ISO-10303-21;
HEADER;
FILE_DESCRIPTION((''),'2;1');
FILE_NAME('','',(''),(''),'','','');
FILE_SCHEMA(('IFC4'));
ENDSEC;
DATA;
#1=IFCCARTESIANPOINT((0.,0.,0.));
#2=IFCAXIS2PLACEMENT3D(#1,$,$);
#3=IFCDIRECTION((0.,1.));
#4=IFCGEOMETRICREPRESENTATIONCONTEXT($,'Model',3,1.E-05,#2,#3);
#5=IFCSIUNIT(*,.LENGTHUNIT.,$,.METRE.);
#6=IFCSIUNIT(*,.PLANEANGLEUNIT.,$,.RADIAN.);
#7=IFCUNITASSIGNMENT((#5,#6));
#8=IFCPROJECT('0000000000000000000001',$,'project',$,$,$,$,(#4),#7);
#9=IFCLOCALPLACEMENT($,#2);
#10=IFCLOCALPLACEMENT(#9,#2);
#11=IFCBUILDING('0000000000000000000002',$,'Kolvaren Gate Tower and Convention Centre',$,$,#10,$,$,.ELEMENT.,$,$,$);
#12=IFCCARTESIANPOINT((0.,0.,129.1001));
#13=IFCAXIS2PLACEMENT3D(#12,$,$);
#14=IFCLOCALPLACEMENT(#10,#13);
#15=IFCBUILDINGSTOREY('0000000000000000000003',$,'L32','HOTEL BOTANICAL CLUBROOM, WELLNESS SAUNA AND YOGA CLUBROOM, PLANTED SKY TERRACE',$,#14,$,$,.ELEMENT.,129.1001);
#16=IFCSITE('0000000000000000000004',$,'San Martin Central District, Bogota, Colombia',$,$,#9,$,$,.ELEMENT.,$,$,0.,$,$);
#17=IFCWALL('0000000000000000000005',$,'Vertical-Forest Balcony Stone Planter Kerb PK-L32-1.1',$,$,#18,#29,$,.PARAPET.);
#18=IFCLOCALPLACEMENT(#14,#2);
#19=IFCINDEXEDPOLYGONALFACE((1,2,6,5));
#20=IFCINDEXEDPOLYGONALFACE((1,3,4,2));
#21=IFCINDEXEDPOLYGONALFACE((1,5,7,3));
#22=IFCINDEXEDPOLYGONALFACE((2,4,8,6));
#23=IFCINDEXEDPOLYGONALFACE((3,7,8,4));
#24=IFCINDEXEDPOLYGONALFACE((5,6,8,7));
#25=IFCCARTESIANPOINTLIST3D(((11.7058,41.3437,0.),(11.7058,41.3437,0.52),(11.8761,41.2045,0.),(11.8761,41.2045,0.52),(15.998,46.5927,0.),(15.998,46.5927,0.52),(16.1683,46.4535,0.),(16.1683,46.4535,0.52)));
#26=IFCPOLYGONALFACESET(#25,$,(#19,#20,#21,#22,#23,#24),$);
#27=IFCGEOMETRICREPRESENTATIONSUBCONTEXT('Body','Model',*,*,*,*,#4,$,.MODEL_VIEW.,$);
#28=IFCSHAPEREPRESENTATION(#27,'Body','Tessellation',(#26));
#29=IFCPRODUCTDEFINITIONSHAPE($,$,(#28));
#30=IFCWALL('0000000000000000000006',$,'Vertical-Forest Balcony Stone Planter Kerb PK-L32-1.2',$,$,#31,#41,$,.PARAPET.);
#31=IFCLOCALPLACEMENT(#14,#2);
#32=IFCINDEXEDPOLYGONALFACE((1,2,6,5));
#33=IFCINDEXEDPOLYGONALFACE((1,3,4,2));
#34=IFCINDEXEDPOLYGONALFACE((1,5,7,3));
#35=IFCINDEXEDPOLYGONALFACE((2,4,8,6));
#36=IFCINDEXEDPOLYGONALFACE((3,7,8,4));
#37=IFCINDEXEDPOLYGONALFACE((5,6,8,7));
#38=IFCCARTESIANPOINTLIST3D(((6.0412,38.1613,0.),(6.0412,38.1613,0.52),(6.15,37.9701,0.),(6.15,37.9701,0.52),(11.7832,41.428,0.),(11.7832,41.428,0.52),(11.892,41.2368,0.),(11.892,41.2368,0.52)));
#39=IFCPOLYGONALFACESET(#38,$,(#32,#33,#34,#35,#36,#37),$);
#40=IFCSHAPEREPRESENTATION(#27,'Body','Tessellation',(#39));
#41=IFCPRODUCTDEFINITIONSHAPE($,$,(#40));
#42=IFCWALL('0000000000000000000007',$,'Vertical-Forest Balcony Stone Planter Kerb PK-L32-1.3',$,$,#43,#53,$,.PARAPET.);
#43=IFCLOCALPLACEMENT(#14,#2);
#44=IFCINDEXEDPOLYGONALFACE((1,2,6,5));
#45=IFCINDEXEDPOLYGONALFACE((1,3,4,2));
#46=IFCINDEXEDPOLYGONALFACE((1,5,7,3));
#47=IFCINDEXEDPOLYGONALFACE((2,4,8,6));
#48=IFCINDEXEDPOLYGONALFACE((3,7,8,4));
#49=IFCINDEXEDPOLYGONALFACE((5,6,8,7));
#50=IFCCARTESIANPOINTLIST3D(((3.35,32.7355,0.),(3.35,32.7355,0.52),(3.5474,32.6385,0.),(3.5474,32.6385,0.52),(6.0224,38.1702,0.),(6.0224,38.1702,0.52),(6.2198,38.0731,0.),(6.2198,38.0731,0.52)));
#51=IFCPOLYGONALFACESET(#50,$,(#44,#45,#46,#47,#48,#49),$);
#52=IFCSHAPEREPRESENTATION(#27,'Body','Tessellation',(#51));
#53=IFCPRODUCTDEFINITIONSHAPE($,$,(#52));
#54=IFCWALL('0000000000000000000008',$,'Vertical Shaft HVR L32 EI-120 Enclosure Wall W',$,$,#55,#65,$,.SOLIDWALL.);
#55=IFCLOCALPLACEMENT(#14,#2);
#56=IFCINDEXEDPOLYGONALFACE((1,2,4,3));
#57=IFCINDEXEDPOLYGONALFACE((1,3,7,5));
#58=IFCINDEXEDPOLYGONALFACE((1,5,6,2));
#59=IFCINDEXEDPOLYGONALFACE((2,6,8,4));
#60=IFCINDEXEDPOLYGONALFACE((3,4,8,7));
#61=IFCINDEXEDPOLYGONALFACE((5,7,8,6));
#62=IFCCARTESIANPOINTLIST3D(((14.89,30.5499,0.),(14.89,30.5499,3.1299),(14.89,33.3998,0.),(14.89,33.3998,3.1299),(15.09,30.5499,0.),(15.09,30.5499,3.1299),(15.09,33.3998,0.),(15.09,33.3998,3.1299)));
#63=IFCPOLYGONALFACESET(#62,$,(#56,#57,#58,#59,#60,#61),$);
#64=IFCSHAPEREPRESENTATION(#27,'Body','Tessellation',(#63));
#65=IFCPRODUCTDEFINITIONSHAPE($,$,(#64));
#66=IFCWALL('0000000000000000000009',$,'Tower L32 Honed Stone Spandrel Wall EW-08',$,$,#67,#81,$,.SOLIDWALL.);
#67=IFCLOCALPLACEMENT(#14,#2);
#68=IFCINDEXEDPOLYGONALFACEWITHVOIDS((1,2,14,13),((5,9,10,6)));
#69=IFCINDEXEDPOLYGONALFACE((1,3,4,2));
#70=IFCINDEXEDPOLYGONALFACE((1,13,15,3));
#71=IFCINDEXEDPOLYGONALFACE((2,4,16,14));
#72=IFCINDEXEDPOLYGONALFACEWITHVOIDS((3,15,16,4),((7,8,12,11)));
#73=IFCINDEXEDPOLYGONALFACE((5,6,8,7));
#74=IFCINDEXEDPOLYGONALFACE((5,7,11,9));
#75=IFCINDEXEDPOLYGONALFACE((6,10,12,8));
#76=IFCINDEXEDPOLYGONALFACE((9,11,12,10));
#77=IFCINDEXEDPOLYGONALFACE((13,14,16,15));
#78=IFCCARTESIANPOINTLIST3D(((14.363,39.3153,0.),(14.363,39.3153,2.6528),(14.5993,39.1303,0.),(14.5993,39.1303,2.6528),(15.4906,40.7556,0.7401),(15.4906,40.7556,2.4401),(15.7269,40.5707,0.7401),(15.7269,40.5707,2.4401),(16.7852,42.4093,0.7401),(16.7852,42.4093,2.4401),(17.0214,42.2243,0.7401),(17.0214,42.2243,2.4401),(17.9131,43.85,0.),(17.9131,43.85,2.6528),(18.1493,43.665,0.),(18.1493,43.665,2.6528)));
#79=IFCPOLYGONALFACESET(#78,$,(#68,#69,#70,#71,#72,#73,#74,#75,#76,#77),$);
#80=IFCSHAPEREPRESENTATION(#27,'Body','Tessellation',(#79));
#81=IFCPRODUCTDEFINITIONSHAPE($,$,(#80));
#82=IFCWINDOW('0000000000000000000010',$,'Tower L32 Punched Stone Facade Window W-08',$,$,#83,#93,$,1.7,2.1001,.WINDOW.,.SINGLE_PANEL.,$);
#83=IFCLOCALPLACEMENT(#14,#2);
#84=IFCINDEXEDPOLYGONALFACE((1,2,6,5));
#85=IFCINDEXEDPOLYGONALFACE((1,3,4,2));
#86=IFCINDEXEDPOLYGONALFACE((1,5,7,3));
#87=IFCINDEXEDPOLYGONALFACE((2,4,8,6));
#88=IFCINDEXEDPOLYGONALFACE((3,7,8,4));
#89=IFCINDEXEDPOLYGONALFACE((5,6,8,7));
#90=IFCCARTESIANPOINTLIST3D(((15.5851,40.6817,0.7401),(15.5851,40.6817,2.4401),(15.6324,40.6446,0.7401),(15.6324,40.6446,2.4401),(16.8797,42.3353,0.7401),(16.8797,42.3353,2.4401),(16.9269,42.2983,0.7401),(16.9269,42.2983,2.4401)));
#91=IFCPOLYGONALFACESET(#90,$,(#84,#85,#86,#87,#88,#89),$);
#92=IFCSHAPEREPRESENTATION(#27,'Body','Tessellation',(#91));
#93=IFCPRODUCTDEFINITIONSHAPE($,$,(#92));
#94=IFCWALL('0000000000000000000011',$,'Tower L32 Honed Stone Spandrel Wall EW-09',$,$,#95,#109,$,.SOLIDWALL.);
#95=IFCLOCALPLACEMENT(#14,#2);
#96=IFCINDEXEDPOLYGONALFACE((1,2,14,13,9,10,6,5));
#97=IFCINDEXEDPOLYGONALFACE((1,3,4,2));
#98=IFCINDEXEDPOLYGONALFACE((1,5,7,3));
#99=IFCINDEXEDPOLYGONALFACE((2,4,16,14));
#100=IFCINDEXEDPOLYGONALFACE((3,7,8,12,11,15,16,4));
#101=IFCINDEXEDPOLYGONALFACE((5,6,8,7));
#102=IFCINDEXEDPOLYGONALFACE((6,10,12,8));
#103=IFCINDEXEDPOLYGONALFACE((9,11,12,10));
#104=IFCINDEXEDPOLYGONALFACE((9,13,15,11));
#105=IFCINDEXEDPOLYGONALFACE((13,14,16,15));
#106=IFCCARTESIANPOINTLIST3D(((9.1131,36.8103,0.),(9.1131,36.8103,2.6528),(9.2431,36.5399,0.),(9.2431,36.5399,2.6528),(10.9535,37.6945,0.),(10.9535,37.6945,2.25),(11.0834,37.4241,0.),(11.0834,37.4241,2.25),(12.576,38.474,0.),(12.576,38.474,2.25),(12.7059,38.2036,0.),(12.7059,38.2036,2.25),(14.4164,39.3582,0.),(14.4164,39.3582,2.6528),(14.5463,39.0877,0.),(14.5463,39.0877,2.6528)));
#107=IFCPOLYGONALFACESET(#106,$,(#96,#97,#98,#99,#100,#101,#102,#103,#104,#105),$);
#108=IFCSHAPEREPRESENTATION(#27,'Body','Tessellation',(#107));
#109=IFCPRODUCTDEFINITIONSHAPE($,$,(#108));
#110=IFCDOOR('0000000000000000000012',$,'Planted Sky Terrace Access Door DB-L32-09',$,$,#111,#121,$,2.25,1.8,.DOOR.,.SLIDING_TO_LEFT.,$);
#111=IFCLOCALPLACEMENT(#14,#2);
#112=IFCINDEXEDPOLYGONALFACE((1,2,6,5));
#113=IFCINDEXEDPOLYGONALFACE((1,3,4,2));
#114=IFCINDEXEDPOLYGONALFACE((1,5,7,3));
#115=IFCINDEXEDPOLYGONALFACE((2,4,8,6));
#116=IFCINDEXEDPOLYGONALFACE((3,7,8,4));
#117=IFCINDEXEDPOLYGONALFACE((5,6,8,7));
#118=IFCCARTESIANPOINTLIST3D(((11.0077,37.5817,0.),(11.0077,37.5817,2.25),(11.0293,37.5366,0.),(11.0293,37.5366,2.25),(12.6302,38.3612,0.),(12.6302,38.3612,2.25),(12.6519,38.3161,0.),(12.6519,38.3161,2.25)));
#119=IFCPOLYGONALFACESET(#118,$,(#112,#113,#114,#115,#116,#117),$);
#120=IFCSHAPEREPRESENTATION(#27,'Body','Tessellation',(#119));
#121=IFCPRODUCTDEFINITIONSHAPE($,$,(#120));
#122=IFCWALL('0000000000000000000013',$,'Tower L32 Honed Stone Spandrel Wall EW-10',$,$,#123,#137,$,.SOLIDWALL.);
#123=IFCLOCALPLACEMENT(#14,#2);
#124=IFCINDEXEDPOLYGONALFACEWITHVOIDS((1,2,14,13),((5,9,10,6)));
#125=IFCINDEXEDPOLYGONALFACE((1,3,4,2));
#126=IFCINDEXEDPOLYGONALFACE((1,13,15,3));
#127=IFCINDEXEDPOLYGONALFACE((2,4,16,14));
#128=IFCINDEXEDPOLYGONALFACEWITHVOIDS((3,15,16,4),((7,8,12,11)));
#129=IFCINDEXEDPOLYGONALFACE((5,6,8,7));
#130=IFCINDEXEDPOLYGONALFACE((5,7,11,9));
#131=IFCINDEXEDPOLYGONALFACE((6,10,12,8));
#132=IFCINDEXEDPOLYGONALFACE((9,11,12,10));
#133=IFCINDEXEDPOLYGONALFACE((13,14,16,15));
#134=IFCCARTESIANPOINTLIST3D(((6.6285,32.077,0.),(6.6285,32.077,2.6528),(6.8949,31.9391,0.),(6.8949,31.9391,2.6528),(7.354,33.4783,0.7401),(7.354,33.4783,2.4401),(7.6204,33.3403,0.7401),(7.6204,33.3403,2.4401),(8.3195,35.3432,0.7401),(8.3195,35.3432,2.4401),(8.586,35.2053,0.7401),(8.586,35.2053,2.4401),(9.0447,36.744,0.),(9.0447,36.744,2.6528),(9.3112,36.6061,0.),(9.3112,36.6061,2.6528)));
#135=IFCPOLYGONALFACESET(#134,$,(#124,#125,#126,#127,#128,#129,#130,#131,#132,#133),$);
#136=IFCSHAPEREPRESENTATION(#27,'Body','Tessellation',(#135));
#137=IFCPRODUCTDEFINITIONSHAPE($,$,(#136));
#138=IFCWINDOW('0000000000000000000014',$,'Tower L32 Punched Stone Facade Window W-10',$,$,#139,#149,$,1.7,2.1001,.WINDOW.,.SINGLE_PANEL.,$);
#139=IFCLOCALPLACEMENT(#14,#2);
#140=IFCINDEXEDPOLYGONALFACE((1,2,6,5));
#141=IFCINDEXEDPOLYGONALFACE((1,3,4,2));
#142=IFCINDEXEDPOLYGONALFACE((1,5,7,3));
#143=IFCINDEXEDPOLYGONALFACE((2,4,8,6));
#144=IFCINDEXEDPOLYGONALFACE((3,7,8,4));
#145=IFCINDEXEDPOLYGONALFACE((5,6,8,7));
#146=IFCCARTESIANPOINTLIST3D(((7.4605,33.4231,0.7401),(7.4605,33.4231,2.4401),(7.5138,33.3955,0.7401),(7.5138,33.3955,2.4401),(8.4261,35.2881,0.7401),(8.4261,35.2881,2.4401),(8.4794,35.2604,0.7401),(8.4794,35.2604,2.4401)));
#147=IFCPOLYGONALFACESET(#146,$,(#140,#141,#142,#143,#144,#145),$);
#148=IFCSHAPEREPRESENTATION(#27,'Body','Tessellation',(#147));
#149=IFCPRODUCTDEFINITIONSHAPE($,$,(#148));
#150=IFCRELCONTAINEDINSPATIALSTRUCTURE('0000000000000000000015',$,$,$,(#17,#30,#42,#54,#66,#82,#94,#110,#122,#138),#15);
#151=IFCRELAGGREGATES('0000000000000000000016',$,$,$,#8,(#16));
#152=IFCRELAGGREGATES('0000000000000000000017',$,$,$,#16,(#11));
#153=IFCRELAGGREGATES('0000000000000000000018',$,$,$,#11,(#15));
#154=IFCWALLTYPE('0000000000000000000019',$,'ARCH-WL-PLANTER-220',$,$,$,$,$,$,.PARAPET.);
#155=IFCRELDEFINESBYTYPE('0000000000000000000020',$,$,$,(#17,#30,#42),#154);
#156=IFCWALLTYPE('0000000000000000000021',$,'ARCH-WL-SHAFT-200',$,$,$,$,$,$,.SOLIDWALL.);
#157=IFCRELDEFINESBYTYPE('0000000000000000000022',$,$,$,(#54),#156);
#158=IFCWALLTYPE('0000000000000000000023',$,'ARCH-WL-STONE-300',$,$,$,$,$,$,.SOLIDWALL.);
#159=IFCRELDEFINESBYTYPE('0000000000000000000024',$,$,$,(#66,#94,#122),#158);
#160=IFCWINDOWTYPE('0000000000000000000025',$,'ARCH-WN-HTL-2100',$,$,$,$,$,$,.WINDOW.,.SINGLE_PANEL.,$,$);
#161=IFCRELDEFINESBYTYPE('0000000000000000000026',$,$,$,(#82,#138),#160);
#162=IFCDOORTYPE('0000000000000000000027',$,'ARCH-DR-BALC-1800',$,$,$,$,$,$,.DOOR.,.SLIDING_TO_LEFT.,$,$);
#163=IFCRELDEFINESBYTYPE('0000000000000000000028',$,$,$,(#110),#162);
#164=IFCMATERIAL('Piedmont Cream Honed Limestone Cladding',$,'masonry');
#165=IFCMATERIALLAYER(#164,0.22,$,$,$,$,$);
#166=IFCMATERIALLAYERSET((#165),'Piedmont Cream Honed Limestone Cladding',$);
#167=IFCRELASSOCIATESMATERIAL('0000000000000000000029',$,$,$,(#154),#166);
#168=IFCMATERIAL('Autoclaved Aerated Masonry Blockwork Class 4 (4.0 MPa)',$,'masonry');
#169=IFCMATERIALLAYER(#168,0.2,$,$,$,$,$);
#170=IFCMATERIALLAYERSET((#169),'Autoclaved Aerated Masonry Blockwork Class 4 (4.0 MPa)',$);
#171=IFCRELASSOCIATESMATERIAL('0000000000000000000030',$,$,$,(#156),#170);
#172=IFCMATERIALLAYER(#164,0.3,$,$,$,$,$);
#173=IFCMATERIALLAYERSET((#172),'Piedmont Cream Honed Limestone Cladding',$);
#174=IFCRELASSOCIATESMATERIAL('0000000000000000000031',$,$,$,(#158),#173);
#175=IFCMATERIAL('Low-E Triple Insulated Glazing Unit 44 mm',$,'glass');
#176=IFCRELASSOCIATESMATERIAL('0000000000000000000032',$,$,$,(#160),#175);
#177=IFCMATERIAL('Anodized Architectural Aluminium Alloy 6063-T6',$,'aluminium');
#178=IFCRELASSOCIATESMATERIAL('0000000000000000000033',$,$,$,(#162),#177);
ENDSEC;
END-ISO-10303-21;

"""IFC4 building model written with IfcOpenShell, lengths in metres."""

from ifc_helpers import new_model, si_unit, direction, frame, frame_2d, origin, place, context, subcontext, project, spatial, rectangle, extrude, material, layer, layer_set, type_object, element, fill, save


model = new_model("IFC4")

# Units and contexts
model_context = context("Model", 3, precision=1e-05, world=origin(), true_north=direction((0.0, 1.0)))
body_context = subcontext(model_context, "Body", "Model", "MODEL_VIEW")
ifc_project = project(units=[si_unit("LENGTHUNIT", "METRE"), si_unit("PLANEANGLEUNIT", "RADIAN")], contexts=[model_context])

# Site, building, storey
site_placement = place(None, origin())
site = spatial("IfcSite", under=ifc_project, at=site_placement, Name="San Martin Central District, Bogota, Colombia", CompositionType="ELEMENT", RefElevation=0.0)
building_placement = place(site_placement, origin())
building = spatial("IfcBuilding", under=site, at=building_placement, Name="Kolvaren Gate Tower and Convention Centre", CompositionType="ELEMENT")
storey_placement = place(building_placement, frame((0.0, 0.0, 129.1001)))
storey = spatial("IfcBuildingStorey", under=building, at=storey_placement, Name="L32", Description="HOTEL BOTANICAL CLUBROOM, WELLNESS SAUNA AND YOGA CLUBROOM, PLANTED SKY TERRACE", CompositionType="ELEMENT", Elevation=129.1001)

# Walls
ifc_material_1 = material(Name="Piedmont Cream Honed Limestone Cladding", Category="masonry")
ifc_layer_1 = layer(ifc_material_1, 0.22)
ifc_layer_set_1 = layer_set([ifc_layer_1], Name="Piedmont Cream Honed Limestone Cladding")
wall_type_1 = type_object("IfcWallType", Name="ARCH-WL-PLANTER-220", PredefinedType="PARAPET", material=ifc_layer_set_1)
wall_1_placement = place(storey_placement, frame((11.791, 41.2742, 0.0), z_axis=(0.0, 0.0, 1.0), x_axis=(0.633024, 0.774132, 0.0)))
element("IfcWall", 1, at=wall_1_placement, inside=storey, type_object=wall_type_1, Name="Vertical-Forest Balcony Stone Planter Kerb PK-L32-1.1", PredefinedType="PARAPET", context=body_context, shape_type="SweptSolid", body=[
    extrude(rectangle(XDim=6.7805, YDim=0.22, at=frame_2d((3.3901, 0.0))), origin(), (0.0, 0.0, 1.0), 0.52),
])
wall_2_placement = place(storey_placement, frame((6.0955, 38.0657, 0.0), z_axis=(0.0, 0.0, 1.0), x_axis=(0.869188, 0.494482, 0.0)))
element("IfcWall", 2, at=wall_2_placement, inside=storey, type_object=wall_type_1, Name="Vertical-Forest Balcony Stone Planter Kerb PK-L32-1.2", PredefinedType="PARAPET", context=body_context, shape_type="SweptSolid", body=[
    extrude(rectangle(XDim=6.6062, YDim=0.22, at=frame_2d((3.3032, 0.0))), origin(), (0.0, 0.0, 1.0), 0.52),
])
wall_3_placement = place(storey_placement, frame((3.4487, 32.687, 0.0), z_axis=(0.0, 0.0, 1.0), x_axis=(0.44127, 0.897375, 0.0)))
element("IfcWall", 3, at=wall_3_placement, inside=storey, type_object=wall_type_1, Name="Vertical-Forest Balcony Stone Planter Kerb PK-L32-1.3", PredefinedType="PARAPET", context=body_context, shape_type="SweptSolid", body=[
    extrude(rectangle(XDim=6.0562, YDim=0.22, at=frame_2d((3.0281, 0.0))), origin(), (0.0, 0.0, 1.0), 0.52),
])
ifc_material_2 = material(Name="Autoclaved Aerated Masonry Blockwork Class 4 (4.0 MPa)", Category="masonry")
ifc_layer_2 = layer(ifc_material_2, 0.2)
ifc_layer_set_2 = layer_set([ifc_layer_2], Name="Autoclaved Aerated Masonry Blockwork Class 4 (4.0 MPa)")
wall_type_2 = type_object("IfcWallType", Name="ARCH-WL-SHAFT-200", PredefinedType="SOLIDWALL", material=ifc_layer_set_2)
wall_4_placement = place(storey_placement, frame((14.99, 30.55, 0.0), z_axis=(0.0, 0.0, 1.0), x_axis=(0.0, 1.0, 0.0)))
element("IfcWall", 4, at=wall_4_placement, inside=storey, type_object=wall_type_2, Name="Vertical Shaft HVR L32 EI-120 Enclosure Wall W", PredefinedType="SOLIDWALL", context=body_context, shape_type="SweptSolid", body=[
    extrude(rectangle(XDim=2.8499, YDim=0.2, at=frame_2d((1.4248, 0.0))), origin(), (0.0, 0.0, 1.0), 3.1299),
])

# Wall, opening, window
ifc_layer_3 = layer(ifc_material_1, 0.3)
ifc_layer_set_3 = layer_set([ifc_layer_3], Name="Piedmont Cream Honed Limestone Cladding")
wall_type_3 = type_object("IfcWallType", Name="ARCH-WL-STONE-300", PredefinedType="SOLIDWALL", material=ifc_layer_set_3)
wall_5_placement = place(storey_placement, frame((14.4812, 39.2229, 0.0), z_axis=(0.0, 0.0, 1.0), x_axis=(0.616435, 0.787406, 0.0)))
wall_5 = element("IfcWall", 5, at=wall_5_placement, inside=storey, type_object=wall_type_3, Name="Tower L32 Honed Stone Spandrel Wall EW-08", PredefinedType="SOLIDWALL", context=body_context, shape_type="SweptSolid", body=[
    extrude(rectangle(XDim=5.759, YDim=0.3, at=frame_2d((2.8794, 0.0))), origin(), (0.0, 0.0, 1.0), 2.6528),
])
opening_1_placement = place(wall_5_placement, frame((1.8291, 0.0, 0.74)))
opening_1 = element("IfcOpeningElement", 6, at=opening_1_placement, cuts=wall_5, PredefinedType="OPENING", context=body_context, shape_type="SweptSolid", body=[
    extrude(rectangle(XDim=2.1001, YDim=1.7, at=frame_2d((1.05, 0.8501))), frame((0.0, 0.1599, 0.0), z_axis=(0.0, -1.0, 0.0), x_axis=(1.0, 0.0, 0.0)), (0.0, 0.0, 1.0), 0.3201),
])
ifc_material_3 = material(Name="Low-E Triple Insulated Glazing Unit 44 mm", Category="glass")
window_type = type_object("IfcWindowType", Name="ARCH-WN-HTL-2100", PartitioningType="SINGLE_PANEL", PredefinedType="WINDOW", material=ifc_material_3)
window_1_placement = place(opening_1_placement, origin())
window_1 = element("IfcWindow", 7, at=window_1_placement, inside=storey, type_object=window_type, Name="Tower L32 Punched Stone Facade Window W-08", OverallHeight=1.7, OverallWidth=2.1001, PartitioningType="SINGLE_PANEL", PredefinedType="WINDOW", context=body_context, shape_type="SweptSolid", body=[
    extrude(rectangle(XDim=2.1001, YDim=1.7, at=frame_2d((1.05, 0.8501))), frame((0.0, 0.03, 0.0), z_axis=(0.0, -1.0, 0.0), x_axis=(1.0, 0.0, 0.0)), (0.0, 0.0, 1.0), 0.0601),
])
fill(opening_1, window_1)

# Wall, opening, door
wall_6_placement = place(storey_placement, frame((9.178, 36.675, 0.0), z_axis=(0.0, 0.0, 1.0), x_axis=(0.90137, 0.433049, 0.0)))
wall_6 = element("IfcWall", 8, at=wall_6_placement, inside=storey, type_object=wall_type_3, Name="Tower L32 Honed Stone Spandrel Wall EW-09", PredefinedType="SOLIDWALL", context=body_context, shape_type="SweptSolid", body=[
    extrude(rectangle(XDim=5.8835, YDim=0.3, at=frame_2d((2.9419, 0.0))), origin(), (0.0, 0.0, 1.0), 2.6528),
])
opening_2_placement = place(wall_6_placement, frame((2.042, 0.0, 0.0)))
opening_2 = element("IfcOpeningElement", 9, at=opening_2_placement, cuts=wall_6, PredefinedType="OPENING", context=body_context, shape_type="SweptSolid", body=[
    extrude(rectangle(XDim=1.8, YDim=2.25, at=frame_2d((0.8999, 1.125))), frame((0.0, 0.1599, 0.0), z_axis=(0.0, -1.0, 0.0), x_axis=(1.0, 0.0, 0.0)), (0.0, 0.0, 1.0), 0.3201),
])
ifc_material_4 = material(Name="Anodized Architectural Aluminium Alloy 6063-T6", Category="aluminium")
door_type = type_object("IfcDoorType", Name="ARCH-DR-BALC-1800", OperationType="SLIDING_TO_LEFT", PredefinedType="DOOR", material=ifc_material_4)
door_placement = place(opening_2_placement, origin())
door = element("IfcDoor", 10, at=door_placement, inside=storey, type_object=door_type, Name="Planted Sky Terrace Access Door DB-L32-09", OperationType="SLIDING_TO_LEFT", OverallHeight=2.25, OverallWidth=1.8, PredefinedType="DOOR", context=body_context, shape_type="SweptSolid", body=[
    extrude(rectangle(XDim=1.8, YDim=2.25, at=frame_2d((0.8999, 1.125))), frame((0.0, 0.0249, 0.0), z_axis=(0.0, -1.0, 0.0), x_axis=(1.0, 0.0, 0.0)), (0.0, 0.0, 1.0), 0.05),
])
fill(opening_2, door)

# Wall, opening, window
wall_7_placement = place(storey_placement, frame((6.7617, 32.0081, 0.0), z_axis=(0.0, 0.0, 1.0), x_axis=(0.459768, 0.888039, 0.0)))
wall_7 = element("IfcWall", 11, at=wall_7_placement, inside=storey, type_object=wall_type_3, Name="Tower L32 Honed Stone Spandrel Wall EW-10", PredefinedType="SOLIDWALL", context=body_context, shape_type="SweptSolid", body=[
    extrude(rectangle(XDim=5.2554, YDim=0.3, at=frame_2d((2.6277, 0.0))), origin(), (0.0, 0.0, 1.0), 2.6528),
])
opening_3_placement = place(wall_7_placement, frame((1.5779, 0.0, 0.74)))
opening_3 = element("IfcOpeningElement", 12, at=opening_3_placement, cuts=wall_7, PredefinedType="OPENING", context=body_context, shape_type="SweptSolid", body=[
    extrude(rectangle(XDim=2.1001, YDim=1.7, at=frame_2d((1.05, 0.8501))), frame((0.0, 0.1599, 0.0), z_axis=(0.0, -1.0, 0.0), x_axis=(1.0, 0.0, 0.0)), (0.0, 0.0, 1.0), 0.3201),
])
window_2_placement = place(opening_3_placement, origin())
window_2 = element("IfcWindow", 13, at=window_2_placement, inside=storey, type_object=window_type, Name="Tower L32 Punched Stone Facade Window W-10", OverallHeight=1.7, OverallWidth=2.1001, PartitioningType="SINGLE_PANEL", PredefinedType="WINDOW", context=body_context, shape_type="SweptSolid", body=[
    extrude(rectangle(XDim=2.1001, YDim=1.7, at=frame_2d((1.05, 0.8501))), frame((0.0, 0.03, 0.0), z_axis=(0.0, -1.0, 0.0), x_axis=(1.0, 0.0, 0.0)), (0.0, 0.0, 1.0), 0.0601),
])
fill(opening_3, window_2)

save(model, "model.ifc")
